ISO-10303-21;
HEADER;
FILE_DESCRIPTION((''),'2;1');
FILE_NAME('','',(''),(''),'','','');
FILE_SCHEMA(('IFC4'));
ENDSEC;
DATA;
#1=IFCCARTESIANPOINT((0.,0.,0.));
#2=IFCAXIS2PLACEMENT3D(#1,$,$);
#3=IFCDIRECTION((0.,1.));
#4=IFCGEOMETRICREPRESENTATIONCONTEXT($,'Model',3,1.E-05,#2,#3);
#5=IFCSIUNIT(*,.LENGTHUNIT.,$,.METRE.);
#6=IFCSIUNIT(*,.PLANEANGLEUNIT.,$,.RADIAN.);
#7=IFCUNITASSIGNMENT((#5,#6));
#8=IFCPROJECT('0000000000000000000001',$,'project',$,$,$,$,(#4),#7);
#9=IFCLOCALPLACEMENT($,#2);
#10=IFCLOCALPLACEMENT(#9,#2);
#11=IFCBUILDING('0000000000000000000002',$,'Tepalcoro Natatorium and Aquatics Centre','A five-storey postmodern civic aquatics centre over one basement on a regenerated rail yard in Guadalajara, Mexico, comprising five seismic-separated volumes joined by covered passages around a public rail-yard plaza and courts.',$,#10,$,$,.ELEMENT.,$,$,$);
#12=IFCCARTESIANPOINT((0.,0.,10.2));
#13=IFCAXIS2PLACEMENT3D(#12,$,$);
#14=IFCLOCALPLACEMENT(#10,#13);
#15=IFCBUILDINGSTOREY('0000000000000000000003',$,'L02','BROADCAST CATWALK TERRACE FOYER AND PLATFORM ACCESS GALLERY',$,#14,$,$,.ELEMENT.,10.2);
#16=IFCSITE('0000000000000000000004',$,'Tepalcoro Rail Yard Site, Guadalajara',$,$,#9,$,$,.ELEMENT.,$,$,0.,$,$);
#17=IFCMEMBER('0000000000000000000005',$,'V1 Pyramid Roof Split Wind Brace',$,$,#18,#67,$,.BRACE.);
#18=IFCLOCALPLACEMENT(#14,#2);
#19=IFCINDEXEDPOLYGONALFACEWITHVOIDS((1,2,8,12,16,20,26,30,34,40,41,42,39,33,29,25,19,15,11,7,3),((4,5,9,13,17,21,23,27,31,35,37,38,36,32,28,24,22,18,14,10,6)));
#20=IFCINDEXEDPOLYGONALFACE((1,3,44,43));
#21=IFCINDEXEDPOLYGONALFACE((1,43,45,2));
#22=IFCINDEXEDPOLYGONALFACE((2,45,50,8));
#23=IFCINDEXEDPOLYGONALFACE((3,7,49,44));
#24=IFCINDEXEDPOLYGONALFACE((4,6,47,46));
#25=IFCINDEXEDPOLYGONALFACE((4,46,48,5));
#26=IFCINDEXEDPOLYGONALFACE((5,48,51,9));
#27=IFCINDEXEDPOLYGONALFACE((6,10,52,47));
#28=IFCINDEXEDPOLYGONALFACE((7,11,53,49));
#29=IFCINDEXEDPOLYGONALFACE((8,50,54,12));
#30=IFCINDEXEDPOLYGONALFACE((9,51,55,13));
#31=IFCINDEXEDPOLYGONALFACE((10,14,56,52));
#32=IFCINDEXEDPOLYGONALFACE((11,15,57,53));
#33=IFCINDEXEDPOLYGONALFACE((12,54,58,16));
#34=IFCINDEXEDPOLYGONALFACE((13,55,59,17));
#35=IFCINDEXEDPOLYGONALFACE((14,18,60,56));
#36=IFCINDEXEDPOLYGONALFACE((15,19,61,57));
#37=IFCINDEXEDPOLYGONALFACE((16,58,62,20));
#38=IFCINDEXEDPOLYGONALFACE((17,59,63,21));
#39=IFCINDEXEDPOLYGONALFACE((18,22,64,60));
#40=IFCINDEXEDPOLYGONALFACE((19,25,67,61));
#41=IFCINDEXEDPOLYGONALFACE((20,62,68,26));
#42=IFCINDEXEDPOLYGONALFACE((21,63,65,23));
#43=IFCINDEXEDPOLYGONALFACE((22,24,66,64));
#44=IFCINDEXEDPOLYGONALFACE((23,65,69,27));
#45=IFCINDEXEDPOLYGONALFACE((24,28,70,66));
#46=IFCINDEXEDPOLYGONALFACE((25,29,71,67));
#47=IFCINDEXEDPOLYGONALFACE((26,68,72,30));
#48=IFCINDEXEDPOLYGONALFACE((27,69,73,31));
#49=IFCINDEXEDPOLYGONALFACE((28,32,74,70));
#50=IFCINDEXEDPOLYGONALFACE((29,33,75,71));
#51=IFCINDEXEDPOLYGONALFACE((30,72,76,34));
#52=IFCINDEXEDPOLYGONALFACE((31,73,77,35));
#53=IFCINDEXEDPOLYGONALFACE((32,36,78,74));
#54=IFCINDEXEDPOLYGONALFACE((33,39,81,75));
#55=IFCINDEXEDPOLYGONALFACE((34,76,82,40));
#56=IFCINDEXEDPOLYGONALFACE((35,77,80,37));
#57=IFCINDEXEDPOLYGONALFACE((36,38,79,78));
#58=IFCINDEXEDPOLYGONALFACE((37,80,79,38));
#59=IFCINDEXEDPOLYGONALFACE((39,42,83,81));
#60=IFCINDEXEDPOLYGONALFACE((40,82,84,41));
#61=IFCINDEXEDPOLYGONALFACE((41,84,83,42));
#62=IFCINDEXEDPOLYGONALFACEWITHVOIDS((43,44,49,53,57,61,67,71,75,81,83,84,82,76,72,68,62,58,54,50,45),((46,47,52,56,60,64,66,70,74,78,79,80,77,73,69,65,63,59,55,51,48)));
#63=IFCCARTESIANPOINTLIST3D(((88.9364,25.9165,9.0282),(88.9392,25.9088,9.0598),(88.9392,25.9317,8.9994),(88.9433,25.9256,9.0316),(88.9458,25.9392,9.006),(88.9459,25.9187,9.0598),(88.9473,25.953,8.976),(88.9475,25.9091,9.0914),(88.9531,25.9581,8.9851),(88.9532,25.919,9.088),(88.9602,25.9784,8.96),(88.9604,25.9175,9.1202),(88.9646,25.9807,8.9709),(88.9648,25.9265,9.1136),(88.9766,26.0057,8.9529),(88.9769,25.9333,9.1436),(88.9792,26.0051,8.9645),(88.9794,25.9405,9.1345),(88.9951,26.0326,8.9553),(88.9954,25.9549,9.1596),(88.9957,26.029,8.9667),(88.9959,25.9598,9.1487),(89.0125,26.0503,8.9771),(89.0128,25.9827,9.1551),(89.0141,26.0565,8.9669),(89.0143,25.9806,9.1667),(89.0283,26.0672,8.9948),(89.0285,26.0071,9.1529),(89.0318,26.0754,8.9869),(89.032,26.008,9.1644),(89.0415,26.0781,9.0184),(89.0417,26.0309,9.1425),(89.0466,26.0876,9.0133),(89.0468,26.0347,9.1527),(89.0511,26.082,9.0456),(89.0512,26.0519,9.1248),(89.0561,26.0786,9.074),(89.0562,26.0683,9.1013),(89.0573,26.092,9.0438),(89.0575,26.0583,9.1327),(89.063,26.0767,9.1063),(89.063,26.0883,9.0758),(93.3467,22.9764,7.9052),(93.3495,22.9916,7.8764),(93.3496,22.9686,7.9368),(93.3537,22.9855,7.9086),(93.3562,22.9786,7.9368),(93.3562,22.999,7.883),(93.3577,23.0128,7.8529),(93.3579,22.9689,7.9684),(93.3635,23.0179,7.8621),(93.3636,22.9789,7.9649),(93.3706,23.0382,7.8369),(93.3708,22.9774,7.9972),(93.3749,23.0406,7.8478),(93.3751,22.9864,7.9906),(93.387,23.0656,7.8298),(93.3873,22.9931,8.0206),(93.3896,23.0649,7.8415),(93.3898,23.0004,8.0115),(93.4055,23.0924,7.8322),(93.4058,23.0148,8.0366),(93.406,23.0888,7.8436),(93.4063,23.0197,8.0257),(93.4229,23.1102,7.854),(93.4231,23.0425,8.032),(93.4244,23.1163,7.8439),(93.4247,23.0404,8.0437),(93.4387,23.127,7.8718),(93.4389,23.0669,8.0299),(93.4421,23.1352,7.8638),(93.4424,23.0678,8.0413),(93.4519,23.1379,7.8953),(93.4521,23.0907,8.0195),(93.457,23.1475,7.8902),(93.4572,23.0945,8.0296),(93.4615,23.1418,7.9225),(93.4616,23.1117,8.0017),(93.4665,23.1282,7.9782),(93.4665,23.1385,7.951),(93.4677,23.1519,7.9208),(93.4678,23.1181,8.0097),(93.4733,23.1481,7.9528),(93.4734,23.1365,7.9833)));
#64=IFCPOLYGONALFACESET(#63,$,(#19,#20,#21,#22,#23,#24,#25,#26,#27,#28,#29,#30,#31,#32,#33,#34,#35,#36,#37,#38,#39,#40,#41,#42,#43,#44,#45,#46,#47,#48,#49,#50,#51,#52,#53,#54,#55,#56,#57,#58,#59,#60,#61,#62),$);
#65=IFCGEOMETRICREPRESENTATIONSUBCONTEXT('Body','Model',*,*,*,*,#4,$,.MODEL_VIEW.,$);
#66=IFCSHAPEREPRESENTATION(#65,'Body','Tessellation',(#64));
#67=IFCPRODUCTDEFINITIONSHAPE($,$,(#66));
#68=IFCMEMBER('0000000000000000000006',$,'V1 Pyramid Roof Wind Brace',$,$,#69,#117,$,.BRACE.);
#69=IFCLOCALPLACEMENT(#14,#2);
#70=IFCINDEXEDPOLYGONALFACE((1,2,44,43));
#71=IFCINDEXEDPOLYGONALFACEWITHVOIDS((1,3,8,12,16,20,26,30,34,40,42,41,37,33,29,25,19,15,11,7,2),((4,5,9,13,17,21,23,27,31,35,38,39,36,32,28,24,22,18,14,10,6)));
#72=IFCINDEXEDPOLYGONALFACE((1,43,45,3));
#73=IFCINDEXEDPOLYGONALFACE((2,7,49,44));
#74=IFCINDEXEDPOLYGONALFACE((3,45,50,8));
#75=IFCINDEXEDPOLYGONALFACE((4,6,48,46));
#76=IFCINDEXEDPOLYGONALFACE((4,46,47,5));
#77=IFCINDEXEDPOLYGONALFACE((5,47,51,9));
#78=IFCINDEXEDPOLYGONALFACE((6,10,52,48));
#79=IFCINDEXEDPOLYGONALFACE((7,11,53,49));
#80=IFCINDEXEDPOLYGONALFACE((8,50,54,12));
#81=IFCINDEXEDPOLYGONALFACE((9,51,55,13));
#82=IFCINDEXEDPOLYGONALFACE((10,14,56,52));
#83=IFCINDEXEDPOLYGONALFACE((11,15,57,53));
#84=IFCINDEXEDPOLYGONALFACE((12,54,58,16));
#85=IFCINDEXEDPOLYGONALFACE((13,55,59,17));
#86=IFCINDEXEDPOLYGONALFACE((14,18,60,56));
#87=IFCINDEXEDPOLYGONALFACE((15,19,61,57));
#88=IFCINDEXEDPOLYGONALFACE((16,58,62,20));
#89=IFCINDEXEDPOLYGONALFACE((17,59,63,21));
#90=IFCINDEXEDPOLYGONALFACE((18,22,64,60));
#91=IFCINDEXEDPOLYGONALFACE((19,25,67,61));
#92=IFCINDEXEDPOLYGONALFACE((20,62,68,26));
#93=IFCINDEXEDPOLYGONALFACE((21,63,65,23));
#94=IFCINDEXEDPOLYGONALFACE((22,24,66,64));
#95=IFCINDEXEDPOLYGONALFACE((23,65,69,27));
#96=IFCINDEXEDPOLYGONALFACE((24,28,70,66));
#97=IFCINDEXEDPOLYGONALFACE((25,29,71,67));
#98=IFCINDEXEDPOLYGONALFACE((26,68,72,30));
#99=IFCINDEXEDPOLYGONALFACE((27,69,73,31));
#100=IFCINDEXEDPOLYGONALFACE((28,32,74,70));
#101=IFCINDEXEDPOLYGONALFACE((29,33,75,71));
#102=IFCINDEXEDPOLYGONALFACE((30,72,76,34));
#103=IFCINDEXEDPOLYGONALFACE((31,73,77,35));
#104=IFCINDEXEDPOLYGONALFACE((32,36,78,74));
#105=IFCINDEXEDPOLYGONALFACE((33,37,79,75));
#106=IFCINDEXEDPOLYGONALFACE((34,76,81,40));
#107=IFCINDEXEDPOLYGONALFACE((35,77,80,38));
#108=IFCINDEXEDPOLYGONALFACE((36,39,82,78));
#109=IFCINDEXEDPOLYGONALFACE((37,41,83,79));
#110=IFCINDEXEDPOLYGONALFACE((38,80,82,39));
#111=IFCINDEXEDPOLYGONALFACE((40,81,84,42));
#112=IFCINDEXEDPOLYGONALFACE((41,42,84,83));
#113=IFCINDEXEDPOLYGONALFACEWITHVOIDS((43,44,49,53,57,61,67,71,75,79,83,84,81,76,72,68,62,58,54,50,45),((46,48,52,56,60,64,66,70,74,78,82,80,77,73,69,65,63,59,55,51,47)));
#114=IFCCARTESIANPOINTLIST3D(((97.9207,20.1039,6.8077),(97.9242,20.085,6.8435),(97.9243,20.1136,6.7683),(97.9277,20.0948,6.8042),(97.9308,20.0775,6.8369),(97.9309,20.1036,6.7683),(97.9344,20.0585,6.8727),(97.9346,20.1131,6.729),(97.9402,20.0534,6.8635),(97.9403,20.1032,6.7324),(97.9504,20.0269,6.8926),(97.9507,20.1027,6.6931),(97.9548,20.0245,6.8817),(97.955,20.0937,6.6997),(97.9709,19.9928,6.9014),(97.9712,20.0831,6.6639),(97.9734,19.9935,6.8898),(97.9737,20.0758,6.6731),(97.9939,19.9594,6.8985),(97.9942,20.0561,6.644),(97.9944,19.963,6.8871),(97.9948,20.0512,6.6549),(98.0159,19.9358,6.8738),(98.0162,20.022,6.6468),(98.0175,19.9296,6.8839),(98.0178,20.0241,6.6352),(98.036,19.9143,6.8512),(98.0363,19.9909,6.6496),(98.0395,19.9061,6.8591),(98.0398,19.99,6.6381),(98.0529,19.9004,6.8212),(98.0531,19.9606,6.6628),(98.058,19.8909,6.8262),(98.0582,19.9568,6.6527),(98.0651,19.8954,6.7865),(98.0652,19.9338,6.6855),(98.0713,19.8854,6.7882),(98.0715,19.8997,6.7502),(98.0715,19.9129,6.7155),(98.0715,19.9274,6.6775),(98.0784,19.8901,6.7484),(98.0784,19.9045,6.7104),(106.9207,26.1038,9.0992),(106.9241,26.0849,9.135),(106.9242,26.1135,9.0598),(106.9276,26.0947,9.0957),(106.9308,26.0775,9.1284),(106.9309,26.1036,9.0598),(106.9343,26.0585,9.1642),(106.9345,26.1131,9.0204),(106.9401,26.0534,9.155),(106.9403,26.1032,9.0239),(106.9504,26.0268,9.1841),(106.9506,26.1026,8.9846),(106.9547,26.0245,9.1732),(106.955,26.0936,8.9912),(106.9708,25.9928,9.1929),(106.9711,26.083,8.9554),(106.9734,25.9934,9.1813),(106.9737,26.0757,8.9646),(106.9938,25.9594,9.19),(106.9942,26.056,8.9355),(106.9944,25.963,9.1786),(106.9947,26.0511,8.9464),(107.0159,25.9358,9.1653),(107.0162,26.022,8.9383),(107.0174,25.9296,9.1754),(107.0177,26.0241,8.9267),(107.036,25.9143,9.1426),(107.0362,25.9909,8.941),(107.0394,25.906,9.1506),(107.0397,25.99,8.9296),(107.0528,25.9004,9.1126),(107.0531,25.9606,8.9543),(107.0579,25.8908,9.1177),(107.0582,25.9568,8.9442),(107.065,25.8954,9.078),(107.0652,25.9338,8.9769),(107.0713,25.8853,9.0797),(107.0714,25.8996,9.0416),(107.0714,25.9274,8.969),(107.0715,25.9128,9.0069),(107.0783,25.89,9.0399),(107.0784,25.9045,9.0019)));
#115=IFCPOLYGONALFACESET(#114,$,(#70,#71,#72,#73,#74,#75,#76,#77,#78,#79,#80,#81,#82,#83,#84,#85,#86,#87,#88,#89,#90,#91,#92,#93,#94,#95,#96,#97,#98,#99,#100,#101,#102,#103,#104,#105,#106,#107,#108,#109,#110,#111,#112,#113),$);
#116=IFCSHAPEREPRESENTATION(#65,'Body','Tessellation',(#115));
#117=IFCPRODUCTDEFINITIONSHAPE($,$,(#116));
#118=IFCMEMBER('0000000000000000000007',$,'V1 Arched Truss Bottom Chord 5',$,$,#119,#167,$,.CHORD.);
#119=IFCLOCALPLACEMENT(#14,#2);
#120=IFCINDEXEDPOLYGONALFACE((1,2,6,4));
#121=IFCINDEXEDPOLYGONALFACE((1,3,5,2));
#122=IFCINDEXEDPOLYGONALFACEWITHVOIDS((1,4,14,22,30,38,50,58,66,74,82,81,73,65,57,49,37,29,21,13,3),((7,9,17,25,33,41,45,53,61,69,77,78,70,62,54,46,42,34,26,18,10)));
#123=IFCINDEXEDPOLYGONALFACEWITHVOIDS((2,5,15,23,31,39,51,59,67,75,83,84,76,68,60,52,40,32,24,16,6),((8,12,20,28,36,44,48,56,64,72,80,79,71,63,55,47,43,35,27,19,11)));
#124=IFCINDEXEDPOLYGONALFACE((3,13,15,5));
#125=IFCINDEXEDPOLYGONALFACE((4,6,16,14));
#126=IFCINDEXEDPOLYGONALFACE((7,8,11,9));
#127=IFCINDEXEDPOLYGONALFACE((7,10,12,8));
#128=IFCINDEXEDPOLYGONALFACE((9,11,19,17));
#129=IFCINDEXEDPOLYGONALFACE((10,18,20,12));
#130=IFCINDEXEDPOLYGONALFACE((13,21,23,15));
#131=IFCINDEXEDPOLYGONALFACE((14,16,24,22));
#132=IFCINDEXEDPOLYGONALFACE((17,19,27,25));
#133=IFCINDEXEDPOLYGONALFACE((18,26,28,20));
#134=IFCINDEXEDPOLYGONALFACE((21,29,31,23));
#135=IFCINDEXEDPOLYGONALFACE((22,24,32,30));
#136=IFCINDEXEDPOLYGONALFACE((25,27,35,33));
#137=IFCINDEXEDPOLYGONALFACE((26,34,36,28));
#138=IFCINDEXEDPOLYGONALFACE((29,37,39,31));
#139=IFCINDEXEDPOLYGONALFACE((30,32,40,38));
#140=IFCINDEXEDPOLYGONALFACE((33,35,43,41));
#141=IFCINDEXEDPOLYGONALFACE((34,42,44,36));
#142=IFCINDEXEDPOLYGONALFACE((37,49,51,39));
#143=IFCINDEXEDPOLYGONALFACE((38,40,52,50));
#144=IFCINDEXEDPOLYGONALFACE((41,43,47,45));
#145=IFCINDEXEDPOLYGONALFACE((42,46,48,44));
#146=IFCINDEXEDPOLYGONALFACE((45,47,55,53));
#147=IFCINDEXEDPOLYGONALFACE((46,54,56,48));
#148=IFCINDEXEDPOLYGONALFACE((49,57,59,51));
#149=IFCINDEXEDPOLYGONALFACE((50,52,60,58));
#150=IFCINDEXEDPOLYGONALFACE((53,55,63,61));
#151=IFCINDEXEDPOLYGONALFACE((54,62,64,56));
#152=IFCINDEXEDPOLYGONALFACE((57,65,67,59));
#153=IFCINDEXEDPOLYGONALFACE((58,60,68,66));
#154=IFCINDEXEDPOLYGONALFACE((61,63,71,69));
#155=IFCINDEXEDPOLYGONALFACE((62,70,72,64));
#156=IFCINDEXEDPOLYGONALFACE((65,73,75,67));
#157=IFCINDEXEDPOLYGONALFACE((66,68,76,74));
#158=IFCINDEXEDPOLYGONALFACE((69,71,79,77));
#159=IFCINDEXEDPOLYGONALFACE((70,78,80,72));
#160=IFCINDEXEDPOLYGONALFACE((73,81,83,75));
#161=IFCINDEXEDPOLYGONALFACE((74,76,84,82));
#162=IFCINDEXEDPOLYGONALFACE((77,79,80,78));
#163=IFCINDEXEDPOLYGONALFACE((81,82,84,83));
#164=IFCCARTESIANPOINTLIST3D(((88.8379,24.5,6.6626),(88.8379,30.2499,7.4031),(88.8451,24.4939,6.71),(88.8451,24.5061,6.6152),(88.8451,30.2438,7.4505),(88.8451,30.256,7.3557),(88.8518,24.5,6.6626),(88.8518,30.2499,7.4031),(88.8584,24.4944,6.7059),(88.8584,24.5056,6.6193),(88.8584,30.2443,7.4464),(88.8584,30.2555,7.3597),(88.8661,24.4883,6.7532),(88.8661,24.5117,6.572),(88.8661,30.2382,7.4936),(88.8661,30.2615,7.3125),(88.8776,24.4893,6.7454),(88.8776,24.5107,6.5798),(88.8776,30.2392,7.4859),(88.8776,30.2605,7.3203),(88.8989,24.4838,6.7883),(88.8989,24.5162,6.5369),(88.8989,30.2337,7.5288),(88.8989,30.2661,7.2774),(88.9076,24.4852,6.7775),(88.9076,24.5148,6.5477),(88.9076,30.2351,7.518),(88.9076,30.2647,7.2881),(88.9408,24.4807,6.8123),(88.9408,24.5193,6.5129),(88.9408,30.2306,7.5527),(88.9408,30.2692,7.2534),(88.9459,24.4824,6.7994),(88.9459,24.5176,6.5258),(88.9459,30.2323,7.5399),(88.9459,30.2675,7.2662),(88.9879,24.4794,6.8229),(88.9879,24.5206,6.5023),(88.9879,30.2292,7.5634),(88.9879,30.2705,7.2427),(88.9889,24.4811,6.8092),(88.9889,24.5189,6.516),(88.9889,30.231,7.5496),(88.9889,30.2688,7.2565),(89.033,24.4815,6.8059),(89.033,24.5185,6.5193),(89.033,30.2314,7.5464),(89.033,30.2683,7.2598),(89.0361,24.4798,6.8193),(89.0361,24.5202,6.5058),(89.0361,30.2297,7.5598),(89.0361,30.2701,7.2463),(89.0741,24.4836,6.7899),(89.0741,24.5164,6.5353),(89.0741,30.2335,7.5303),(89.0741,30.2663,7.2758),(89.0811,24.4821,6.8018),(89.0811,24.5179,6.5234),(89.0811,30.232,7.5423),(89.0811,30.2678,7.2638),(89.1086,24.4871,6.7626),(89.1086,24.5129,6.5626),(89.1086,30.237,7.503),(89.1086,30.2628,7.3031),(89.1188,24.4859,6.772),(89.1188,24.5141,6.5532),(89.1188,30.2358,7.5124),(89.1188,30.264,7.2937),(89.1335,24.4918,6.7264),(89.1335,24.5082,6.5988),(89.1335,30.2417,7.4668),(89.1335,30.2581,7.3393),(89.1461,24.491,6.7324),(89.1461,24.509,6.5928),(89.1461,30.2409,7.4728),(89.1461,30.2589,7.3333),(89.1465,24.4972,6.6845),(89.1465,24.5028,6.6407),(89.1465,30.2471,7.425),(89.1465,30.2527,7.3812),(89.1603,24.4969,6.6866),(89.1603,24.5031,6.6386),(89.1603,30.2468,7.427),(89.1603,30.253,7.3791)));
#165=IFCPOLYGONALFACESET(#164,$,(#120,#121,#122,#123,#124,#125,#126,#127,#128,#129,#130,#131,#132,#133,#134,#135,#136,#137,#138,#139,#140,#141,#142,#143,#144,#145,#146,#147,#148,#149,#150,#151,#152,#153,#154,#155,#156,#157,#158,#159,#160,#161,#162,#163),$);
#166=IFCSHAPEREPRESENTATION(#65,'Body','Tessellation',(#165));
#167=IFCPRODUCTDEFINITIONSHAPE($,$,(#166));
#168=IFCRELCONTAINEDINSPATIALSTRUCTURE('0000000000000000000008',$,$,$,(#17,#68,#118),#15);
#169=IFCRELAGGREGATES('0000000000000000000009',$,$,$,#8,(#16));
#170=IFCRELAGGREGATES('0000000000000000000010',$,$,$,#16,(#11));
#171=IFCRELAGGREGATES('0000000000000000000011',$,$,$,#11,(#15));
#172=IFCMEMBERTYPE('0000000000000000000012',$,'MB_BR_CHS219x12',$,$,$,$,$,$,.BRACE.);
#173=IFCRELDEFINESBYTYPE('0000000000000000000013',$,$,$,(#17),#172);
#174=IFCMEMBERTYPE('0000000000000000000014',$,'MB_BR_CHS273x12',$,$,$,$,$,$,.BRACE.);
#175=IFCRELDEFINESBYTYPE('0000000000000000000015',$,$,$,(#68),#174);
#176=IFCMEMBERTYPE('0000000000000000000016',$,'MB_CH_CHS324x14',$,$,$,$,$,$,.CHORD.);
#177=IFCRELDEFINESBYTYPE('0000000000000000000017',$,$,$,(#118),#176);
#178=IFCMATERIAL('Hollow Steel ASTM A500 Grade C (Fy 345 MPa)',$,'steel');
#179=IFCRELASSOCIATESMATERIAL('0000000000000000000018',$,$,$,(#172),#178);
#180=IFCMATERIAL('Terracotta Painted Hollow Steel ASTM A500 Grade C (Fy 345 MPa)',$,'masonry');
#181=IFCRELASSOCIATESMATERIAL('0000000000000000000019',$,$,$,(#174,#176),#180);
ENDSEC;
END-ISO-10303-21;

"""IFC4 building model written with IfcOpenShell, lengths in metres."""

from ifc_helpers import new_model, si_unit, direction, frame, origin, origin_2d, place, context, subcontext, project, spatial, hollow_circle, extrude, material, material_profile, profile_set, type_object, element, save


model = new_model("IFC4")

# Units and contexts
model_context = context("Model", 3, precision=1e-05, world=origin(), true_north=direction((0.0, 1.0)))
body_context = subcontext(model_context, "Body", "Model", "MODEL_VIEW")
ifc_project = project(units=[si_unit("LENGTHUNIT", "METRE"), si_unit("PLANEANGLEUNIT", "RADIAN")], contexts=[model_context])

# Site, building, storey
site_placement = place(None, origin())
site = spatial("IfcSite", under=ifc_project, at=site_placement, Name="Tepalcoro Rail Yard Site, Guadalajara", CompositionType="ELEMENT", RefElevation=0.0)
building_placement = place(site_placement, origin())
building = spatial("IfcBuilding", under=site, at=building_placement, Name="Tepalcoro Natatorium and Aquatics Centre", Description="A five-storey postmodern civic aquatics centre over one basement on a regenerated rail yard in Guadalajara, Mexico, comprising five seismic-separated volumes joined by covered passages around a public rail-yard plaza and courts.", CompositionType="ELEMENT")
storey_placement = place(building_placement, frame((0.0, 0.0, 10.2)))
storey = spatial("IfcBuildingStorey", under=building, at=storey_placement, Name="L02", Description="BROADCAST CATWALK TERRACE FOYER AND PLATFORM ACCESS GALLERY", CompositionType="ELEMENT", Elevation=10.2)

# Shared definitions
ifc_material_1 = material(Name="Terracotta Painted Hollow Steel ASTM A500 Grade C (Fy 345 MPa)", Category="masonry")

# Members
ifc_material_2 = material(Name="Hollow Steel ASTM A500 Grade C (Fy 345 MPa)", Category="steel")
ifc_material_profile_1 = material_profile(ifc_material_2, hollow_circle(Radius=0.1096, WallThickness=0.012, at=origin_2d()), Name="CHS219X12")
ifc_profile_set_1 = profile_set([ifc_material_profile_1], Name="Hollow Steel ASTM A500 Grade C (Fy 345 MPa)")
member_type_1 = type_object("IfcMemberType", Name="MB_BR_CHS219x12", PredefinedType="BRACE", material=ifc_profile_set_1)
for number, where, z_axis, x_axis, name in (
    (1, (93.4104, 23.0598, 7.9368), (-0.813988, 0.542644, 0.207271), (-0.55469, -0.832057, 0.0), "V1 Pyramid Roof Split Wind Brace"),
):
    element("IfcMember", number, at=place(storey_placement, frame(where, z_axis=z_axis, x_axis=x_axis)), inside=storey, type_object=member_type_1, Name=name, PredefinedType="BRACE", context=body_context, shape_type="SweptSolid", body=[
        extrude(hollow_circle(Radius=0.1096, WallThickness=0.012, at=origin_2d()), origin(), (0.0, 0.0, 1.0), 5.4182),
    ])
ifc_material_profile_2 = material_profile(ifc_material_1, hollow_circle(Radius=0.1365, WallThickness=0.012, at=origin_2d()), Name="CHS273X12")
ifc_profile_set_2 = profile_set([ifc_material_profile_2], Name="Terracotta Painted Hollow Steel ASTM A500 Grade C (Fy 345 MPa)")
member_type_2 = type_object("IfcMemberType", Name="MB_BR_CHS273x12", PredefinedType="BRACE", material=ifc_profile_set_2)
member_1_placement = place(storey_placement, frame((98.0, 20.0, 6.7683), z_axis=(0.813985, 0.542657, 0.20725), x_axis=(-0.5547, 0.83205, 0.0)))
element("IfcMember", 2, at=member_1_placement, inside=storey, type_object=member_type_2, Name="V1 Pyramid Roof Wind Brace", PredefinedType="BRACE", context=body_context, shape_type="SweptSolid", body=[
    extrude(hollow_circle(Radius=0.1365, WallThickness=0.012, at=origin_2d()), origin(), (0.0, 0.0, 1.0), 11.0566),
])
ifc_material_profile_3 = material_profile(ifc_material_1, hollow_circle(Radius=0.1621, WallThickness=0.0139, at=origin_2d()), Name="CHS324X14")
ifc_profile_set_3 = profile_set([ifc_material_profile_3], Name="Terracotta Painted Hollow Steel ASTM A500 Grade C (Fy 345 MPa)")
member_type_3 = type_object("IfcMemberType", Name="MB_CH_CHS324x14", PredefinedType="CHORD", material=ifc_profile_set_3)
member_2_placement = place(storey_placement, frame((89.0, 24.5, 6.6626), z_axis=(0.0, 0.99181, 0.127724), x_axis=(-1.0, 0.0, 0.0)))
element("IfcMember", 3, at=member_2_placement, inside=storey, type_object=member_type_3, Name="V1 Arched Truss Bottom Chord 5", PredefinedType="CHORD", context=body_context, shape_type="SweptSolid", body=[
    extrude(hollow_circle(Radius=0.1621, WallThickness=0.0139, at=origin_2d()), origin(), (0.0, 0.0, 1.0), 5.7974),
])

save(model, "model.ifc")
